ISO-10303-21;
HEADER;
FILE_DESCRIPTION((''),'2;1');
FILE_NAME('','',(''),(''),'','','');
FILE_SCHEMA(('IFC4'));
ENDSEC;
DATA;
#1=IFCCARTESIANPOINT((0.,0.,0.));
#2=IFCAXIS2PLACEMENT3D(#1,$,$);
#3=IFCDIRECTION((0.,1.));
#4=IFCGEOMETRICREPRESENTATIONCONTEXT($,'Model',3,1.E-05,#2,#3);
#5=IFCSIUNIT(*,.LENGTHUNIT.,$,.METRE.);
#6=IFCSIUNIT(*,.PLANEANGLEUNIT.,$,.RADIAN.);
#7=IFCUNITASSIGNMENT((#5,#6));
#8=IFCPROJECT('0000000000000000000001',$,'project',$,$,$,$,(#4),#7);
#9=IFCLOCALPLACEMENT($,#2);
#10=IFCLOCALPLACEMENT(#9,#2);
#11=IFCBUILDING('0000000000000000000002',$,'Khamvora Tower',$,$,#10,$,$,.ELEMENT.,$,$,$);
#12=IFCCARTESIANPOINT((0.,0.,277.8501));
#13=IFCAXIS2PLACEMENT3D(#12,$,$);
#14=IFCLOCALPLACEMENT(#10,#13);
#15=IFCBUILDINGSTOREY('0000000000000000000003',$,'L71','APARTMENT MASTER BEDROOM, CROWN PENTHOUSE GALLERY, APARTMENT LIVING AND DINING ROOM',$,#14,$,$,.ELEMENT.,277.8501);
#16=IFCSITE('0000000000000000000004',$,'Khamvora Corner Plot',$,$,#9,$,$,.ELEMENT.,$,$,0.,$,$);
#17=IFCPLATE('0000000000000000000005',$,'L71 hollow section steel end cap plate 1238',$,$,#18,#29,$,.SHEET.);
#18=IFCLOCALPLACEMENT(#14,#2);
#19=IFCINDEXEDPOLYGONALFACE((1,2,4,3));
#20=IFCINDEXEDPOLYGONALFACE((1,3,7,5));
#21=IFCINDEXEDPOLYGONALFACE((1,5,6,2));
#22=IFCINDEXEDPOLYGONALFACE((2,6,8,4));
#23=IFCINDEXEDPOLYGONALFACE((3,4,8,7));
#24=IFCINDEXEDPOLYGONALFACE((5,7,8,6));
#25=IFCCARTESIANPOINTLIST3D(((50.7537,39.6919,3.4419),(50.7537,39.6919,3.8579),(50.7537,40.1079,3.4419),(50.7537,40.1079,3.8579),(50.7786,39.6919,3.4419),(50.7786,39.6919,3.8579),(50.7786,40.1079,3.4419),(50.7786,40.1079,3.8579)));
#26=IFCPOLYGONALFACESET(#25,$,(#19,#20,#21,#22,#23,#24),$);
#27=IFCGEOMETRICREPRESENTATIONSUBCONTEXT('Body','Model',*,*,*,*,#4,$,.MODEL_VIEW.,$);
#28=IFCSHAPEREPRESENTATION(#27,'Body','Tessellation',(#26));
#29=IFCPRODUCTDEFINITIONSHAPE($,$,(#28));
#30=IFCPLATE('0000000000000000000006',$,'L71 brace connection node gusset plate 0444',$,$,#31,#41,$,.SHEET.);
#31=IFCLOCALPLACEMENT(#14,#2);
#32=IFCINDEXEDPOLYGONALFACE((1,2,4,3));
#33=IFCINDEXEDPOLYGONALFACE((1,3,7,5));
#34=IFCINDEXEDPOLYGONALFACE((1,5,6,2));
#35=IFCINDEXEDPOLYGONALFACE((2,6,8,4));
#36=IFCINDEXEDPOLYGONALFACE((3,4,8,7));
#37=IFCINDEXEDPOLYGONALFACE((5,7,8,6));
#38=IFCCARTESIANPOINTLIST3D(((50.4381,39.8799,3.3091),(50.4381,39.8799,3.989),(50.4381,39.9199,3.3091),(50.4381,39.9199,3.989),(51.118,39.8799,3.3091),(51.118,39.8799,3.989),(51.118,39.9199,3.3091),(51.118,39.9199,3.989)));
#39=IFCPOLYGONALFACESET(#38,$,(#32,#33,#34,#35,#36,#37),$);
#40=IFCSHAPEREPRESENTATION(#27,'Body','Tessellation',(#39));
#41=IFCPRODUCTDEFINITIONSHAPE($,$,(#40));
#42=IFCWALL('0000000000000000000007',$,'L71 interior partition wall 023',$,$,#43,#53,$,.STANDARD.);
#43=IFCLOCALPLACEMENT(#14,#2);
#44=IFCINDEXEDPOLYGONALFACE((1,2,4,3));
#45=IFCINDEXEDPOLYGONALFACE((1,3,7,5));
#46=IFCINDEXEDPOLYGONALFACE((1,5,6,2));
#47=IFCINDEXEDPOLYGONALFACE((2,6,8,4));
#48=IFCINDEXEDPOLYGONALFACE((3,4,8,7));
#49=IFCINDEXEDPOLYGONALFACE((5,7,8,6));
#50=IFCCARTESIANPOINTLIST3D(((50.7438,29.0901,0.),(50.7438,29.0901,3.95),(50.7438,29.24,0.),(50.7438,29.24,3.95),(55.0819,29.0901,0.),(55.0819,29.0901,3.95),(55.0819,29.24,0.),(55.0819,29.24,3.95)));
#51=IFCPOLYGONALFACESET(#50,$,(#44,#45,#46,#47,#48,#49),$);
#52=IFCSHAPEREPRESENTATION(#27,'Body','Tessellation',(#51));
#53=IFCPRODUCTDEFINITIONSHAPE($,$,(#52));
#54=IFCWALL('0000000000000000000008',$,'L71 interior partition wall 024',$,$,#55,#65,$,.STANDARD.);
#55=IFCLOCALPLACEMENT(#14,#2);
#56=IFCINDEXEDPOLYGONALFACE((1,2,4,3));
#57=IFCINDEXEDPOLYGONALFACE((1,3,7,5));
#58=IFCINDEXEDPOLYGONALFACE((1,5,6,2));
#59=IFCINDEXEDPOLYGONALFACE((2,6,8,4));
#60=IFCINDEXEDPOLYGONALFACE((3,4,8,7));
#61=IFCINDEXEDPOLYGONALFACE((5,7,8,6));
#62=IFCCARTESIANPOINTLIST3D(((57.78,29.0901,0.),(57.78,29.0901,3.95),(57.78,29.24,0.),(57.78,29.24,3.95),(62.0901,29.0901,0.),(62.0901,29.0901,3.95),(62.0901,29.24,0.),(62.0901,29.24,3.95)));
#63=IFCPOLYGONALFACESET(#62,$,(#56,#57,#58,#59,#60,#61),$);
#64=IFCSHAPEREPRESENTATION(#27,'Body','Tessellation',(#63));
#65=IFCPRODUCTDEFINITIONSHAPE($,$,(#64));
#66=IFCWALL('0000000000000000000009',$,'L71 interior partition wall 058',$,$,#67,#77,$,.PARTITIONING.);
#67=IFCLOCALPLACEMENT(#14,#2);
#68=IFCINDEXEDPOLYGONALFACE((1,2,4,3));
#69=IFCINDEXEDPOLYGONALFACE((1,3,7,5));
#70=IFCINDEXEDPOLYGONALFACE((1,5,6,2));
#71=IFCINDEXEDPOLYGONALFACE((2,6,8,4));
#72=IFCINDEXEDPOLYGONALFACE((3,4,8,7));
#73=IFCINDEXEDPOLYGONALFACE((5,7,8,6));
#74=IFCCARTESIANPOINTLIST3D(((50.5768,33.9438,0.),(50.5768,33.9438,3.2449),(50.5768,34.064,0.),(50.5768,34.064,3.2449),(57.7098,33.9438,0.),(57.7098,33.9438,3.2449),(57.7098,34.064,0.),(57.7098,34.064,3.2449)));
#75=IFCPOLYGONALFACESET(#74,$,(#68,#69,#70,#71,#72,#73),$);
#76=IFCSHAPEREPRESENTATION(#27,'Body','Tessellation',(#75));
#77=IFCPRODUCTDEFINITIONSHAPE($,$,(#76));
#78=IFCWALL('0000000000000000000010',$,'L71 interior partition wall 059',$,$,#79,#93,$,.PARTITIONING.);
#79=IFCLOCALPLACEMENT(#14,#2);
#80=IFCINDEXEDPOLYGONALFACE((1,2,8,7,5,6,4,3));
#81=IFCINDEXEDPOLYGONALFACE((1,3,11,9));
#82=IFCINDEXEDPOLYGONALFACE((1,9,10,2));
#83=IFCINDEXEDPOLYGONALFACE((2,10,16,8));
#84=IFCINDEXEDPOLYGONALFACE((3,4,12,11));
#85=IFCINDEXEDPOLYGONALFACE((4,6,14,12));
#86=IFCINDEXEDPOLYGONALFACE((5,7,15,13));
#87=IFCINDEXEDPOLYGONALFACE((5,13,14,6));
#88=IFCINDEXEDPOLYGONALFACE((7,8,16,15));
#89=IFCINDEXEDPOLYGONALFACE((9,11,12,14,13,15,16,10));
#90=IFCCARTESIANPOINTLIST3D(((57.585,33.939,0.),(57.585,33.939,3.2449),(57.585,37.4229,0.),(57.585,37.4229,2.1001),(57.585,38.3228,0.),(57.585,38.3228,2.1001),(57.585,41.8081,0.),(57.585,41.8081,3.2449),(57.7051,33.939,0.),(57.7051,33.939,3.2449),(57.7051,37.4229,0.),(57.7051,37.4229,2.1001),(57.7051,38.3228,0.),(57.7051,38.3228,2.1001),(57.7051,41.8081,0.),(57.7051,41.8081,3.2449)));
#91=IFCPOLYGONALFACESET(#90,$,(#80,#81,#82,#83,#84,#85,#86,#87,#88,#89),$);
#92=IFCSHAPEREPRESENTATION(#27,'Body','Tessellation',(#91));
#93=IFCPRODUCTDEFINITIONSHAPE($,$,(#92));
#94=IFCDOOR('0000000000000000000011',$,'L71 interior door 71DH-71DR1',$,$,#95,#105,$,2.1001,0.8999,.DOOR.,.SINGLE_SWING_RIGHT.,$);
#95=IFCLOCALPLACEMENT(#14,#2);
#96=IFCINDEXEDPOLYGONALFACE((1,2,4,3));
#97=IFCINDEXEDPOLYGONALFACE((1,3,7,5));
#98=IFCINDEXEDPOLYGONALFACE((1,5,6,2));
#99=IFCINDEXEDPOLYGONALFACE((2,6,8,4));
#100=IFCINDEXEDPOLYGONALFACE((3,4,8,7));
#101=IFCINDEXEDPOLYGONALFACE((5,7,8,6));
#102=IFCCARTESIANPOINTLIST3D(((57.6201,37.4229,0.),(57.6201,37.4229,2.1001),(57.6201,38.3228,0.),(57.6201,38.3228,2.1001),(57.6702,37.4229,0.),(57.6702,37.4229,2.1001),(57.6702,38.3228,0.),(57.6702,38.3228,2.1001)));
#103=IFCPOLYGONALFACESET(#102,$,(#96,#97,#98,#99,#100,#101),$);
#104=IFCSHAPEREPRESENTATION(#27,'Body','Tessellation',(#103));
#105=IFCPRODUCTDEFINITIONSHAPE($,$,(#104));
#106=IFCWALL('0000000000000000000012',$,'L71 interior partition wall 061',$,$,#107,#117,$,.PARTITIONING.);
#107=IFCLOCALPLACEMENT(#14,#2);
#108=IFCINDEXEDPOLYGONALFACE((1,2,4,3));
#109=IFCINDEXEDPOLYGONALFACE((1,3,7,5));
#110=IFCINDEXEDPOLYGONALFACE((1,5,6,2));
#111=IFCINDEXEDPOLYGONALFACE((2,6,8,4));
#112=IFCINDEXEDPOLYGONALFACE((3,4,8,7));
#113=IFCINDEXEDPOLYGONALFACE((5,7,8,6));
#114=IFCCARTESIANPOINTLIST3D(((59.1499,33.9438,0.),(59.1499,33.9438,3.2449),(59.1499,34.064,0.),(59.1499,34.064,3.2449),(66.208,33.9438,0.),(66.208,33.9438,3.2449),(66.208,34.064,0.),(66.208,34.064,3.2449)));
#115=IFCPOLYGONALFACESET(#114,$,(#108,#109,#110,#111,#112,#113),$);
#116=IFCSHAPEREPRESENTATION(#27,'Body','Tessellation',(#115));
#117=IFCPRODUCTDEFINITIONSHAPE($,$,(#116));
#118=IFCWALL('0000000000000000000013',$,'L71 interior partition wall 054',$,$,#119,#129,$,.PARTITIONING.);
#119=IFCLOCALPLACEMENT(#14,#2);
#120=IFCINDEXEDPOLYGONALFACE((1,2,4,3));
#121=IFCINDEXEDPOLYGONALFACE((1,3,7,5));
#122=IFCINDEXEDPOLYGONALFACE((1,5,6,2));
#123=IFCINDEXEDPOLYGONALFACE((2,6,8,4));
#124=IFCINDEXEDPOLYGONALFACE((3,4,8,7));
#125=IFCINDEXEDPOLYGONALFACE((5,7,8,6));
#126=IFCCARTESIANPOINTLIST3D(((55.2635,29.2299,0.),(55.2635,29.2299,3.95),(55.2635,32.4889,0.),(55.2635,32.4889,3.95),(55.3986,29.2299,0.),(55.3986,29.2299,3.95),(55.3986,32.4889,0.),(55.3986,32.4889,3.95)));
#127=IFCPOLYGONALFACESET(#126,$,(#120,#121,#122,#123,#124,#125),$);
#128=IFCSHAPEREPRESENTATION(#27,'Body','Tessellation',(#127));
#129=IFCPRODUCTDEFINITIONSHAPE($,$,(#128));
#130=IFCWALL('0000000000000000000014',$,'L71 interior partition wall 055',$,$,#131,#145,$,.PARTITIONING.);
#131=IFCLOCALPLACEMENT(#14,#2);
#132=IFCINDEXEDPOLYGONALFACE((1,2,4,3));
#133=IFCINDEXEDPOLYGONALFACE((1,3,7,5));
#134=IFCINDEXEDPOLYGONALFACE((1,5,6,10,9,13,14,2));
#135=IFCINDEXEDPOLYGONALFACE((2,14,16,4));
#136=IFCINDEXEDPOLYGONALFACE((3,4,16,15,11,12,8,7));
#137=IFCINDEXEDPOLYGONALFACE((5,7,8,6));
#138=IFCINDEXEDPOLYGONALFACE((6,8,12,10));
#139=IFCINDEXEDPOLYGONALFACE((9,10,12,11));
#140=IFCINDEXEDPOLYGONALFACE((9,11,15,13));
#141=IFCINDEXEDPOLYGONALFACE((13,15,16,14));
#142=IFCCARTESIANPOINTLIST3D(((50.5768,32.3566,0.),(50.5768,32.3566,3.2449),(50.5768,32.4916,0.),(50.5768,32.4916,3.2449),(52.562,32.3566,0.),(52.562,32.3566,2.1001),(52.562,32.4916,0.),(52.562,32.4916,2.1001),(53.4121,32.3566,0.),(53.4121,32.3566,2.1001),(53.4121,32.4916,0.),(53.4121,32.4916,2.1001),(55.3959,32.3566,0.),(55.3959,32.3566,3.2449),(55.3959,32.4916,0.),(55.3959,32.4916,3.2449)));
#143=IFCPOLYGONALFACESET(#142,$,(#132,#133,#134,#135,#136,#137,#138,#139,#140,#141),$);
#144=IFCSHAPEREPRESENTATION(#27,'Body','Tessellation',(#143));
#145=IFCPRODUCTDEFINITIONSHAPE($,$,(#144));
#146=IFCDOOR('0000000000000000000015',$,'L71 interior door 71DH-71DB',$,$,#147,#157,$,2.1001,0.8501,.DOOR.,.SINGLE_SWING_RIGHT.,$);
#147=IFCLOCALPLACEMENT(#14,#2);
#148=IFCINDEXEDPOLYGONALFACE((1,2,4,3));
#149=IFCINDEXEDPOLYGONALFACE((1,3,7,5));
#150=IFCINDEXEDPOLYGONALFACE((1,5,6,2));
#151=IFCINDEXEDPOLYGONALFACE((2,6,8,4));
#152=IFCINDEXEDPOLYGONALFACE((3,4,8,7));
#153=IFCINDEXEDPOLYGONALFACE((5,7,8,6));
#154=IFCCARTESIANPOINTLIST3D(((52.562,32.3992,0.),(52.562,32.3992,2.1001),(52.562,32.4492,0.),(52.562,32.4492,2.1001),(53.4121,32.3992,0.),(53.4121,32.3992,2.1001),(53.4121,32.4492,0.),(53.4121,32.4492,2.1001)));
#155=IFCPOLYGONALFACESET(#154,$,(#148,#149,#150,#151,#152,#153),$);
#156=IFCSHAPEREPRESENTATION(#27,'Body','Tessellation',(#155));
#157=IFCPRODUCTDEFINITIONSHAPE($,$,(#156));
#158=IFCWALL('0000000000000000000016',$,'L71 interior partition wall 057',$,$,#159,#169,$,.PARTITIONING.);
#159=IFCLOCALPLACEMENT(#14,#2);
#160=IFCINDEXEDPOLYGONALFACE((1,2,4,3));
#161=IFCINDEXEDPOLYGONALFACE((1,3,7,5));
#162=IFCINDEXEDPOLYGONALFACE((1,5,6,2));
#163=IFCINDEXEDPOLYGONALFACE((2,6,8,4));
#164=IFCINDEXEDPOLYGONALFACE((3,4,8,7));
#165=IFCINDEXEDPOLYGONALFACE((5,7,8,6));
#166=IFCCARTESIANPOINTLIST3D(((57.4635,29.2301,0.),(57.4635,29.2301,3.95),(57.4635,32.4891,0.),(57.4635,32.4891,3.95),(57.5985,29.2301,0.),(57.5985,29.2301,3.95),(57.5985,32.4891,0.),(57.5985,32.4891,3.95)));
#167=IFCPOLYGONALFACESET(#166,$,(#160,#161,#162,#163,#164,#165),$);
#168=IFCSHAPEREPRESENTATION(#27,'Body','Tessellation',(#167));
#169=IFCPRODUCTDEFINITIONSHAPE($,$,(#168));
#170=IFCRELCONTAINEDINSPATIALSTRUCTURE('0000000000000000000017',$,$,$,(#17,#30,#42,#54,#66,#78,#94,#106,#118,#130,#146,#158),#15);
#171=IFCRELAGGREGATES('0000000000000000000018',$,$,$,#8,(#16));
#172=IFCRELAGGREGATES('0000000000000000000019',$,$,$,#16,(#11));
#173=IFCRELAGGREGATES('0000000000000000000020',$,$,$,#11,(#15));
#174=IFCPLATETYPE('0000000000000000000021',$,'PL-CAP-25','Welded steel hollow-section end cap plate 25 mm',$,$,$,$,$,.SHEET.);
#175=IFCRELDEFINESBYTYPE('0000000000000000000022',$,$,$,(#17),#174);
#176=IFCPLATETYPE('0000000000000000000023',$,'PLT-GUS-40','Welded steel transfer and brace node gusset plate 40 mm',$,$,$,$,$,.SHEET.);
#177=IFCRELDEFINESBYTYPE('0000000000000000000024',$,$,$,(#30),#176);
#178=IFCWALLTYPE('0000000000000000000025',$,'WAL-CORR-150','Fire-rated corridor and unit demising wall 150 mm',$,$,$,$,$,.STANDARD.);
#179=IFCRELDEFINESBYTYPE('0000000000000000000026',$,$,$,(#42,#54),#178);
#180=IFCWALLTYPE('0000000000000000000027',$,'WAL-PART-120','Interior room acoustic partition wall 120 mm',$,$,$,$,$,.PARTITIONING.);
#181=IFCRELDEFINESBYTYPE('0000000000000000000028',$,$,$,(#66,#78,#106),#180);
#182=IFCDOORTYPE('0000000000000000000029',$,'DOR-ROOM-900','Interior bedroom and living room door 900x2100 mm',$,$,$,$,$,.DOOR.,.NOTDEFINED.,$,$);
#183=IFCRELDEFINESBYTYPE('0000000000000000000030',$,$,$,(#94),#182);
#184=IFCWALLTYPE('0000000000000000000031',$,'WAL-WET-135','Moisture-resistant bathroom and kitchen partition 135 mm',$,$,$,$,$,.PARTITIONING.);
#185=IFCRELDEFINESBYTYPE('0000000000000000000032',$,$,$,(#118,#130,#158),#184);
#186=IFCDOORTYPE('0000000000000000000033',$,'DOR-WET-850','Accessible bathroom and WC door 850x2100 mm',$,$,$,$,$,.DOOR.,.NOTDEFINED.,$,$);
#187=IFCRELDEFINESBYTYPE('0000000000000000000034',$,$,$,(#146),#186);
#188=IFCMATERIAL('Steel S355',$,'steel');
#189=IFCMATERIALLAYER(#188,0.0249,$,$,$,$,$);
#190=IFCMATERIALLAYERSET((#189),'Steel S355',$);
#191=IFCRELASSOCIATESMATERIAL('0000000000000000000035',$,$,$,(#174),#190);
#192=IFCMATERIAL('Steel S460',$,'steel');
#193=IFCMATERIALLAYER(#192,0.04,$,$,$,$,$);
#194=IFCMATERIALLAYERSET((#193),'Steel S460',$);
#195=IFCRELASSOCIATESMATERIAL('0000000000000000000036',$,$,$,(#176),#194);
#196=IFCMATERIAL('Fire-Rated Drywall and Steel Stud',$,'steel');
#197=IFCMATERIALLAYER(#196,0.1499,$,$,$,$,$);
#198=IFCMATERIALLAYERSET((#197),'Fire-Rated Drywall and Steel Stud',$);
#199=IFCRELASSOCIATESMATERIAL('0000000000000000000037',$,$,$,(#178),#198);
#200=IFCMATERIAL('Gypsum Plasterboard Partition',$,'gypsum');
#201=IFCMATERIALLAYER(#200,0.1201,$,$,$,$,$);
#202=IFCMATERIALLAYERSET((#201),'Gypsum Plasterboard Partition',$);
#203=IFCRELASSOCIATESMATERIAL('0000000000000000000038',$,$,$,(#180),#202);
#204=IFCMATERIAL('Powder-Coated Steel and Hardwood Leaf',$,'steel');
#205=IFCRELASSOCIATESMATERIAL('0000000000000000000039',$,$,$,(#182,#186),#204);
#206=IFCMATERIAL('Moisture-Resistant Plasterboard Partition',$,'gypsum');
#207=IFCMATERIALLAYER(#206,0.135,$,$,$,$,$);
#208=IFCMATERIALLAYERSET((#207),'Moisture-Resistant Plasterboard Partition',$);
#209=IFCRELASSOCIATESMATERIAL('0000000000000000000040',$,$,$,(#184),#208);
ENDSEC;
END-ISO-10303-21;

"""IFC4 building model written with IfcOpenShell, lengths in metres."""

from ifc_helpers import new_model, si_unit, direction, frame, frame_2d, origin, origin_2d, place, context, subcontext, project, spatial, rectangle, extrude, material, layer, layer_set, type_object, element, fill, save


model = new_model("IFC4")

# Units and contexts
model_context = context("Model", 3, precision=1e-05, world=origin(), true_north=direction((0.0, 1.0)))
body_context = subcontext(model_context, "Body", "Model", "MODEL_VIEW")
ifc_project = project(units=[si_unit("LENGTHUNIT", "METRE"), si_unit("PLANEANGLEUNIT", "RADIAN")], contexts=[model_context])

# Site, building, storey
site_placement = place(None, origin())
site = spatial("IfcSite", under=ifc_project, at=site_placement, Name="Khamvora Corner Plot", CompositionType="ELEMENT", RefElevation=0.0)
building_placement = place(site_placement, origin())
building = spatial("IfcBuilding", under=site, at=building_placement, Name="Khamvora Tower", CompositionType="ELEMENT")
storey_placement = place(building_placement, frame((0.0, 0.0, 277.8501)))
storey = spatial("IfcBuildingStorey", under=building, at=storey_placement, Name="L71", Description="APARTMENT MASTER BEDROOM, CROWN PENTHOUSE GALLERY, APARTMENT LIVING AND DINING ROOM", CompositionType="ELEMENT", Elevation=277.8501)

# Shared definitions
ifc_material_1 = material(Name="Steel S355", Category="steel")

# Plates
ifc_layer_1 = layer(ifc_material_1, 0.0249)
ifc_layer_set_1 = layer_set([ifc_layer_1], Name="Steel S355")
plate_type_1 = type_object("IfcPlateType", Name="PL-CAP-25", Description="Welded steel hollow-section end cap plate 25 mm", PredefinedType="SHEET", material=ifc_layer_set_1)
plate_1_placement = place(storey_placement, frame((50.7661, 39.8999, 3.4419), z_axis=(0.0, 0.0, 1.0), x_axis=(-1.0, 0.0, 0.0)))
element("IfcPlate", 1, at=plate_1_placement, inside=storey, type_object=plate_type_1, Name="L71 hollow section steel end cap plate 1238", PredefinedType="SHEET", context=body_context, shape_type="SweptSolid", body=[
    extrude(rectangle(XDim=0.0249, YDim=0.416, at=origin_2d()), origin(), (0.0, 0.0, 1.0), 0.416),
])
ifc_material_2 = material(Name="Steel S460", Category="steel")
ifc_layer_2 = layer(ifc_material_2, 0.04)
ifc_layer_set_2 = layer_set([ifc_layer_2], Name="Steel S460")
plate_type_2 = type_object("IfcPlateType", Name="PLT-GUS-40", Description="Welded steel transfer and brace node gusset plate 40 mm", PredefinedType="SHEET", material=ifc_layer_set_2)
plate_2_placement = place(storey_placement, frame((50.7781, 39.8999, 3.3091), z_axis=(0.0, 0.0, 1.0), x_axis=(1.0, 0.0, 0.0)))
element("IfcPlate", 2, at=plate_2_placement, inside=storey, type_object=plate_type_2, Name="L71 brace connection node gusset plate 0444", PredefinedType="SHEET", context=body_context, shape_type="SweptSolid", body=[
    extrude(rectangle(XDim=0.6799, YDim=0.04, at=origin_2d()), origin(), (0.0, 0.0, 1.0), 0.6799),
])

# Shared definitions
ifc_material_3 = material(Name="Fire-Rated Drywall and Steel Stud", Category="steel")
ifc_layer_3 = layer(ifc_material_3, 0.1499)
ifc_layer_set_3 = layer_set([ifc_layer_3], Name="Fire-Rated Drywall and Steel Stud")
wall_type_1 = type_object("IfcWallType", Name="WAL-CORR-150", Description="Fire-rated corridor and unit demising wall 150 mm", PredefinedType="STANDARD", material=ifc_layer_set_3)
ifc_material_4 = material(Name="Powder-Coated Steel and Hardwood Leaf", Category="steel")

# Walls
wall_1_placement = place(storey_placement, frame((50.7439, 29.165, 0.0), z_axis=(0.0, 0.0, 1.0), x_axis=(1.0, 0.0, 0.0)))
element("IfcWall", 3, at=wall_1_placement, inside=storey, type_object=wall_type_1, Name="L71 interior partition wall 023", PredefinedType="STANDARD", context=body_context, shape_type="SweptSolid", body=[
    extrude(rectangle(XDim=4.3381, YDim=0.1499, at=frame_2d((2.1689, 0.0))), origin(), (0.0, 0.0, 1.0), 3.95),
])
wall_2_placement = place(storey_placement, frame((57.78, 29.165, 0.0), z_axis=(0.0, 0.0, 1.0), x_axis=(1.0, 0.0, 0.0)))
element("IfcWall", 4, at=wall_2_placement, inside=storey, type_object=wall_type_1, Name="L71 interior partition wall 024", PredefinedType="STANDARD", context=body_context, shape_type="SweptSolid", body=[
    extrude(rectangle(XDim=4.3101, YDim=0.1499, at=frame_2d((2.155, 0.0))), origin(), (0.0, 0.0, 1.0), 3.95),
])
ifc_material_5 = material(Name="Gypsum Plasterboard Partition", Category="gypsum")
ifc_layer_4 = layer(ifc_material_5, 0.1201)
ifc_layer_set_4 = layer_set([ifc_layer_4], Name="Gypsum Plasterboard Partition")
wall_type_2 = type_object("IfcWallType", Name="WAL-PART-120", Description="Interior room acoustic partition wall 120 mm", PredefinedType="PARTITIONING", material=ifc_layer_set_4)
wall_3_placement = place(storey_placement, frame((50.5769, 34.0039, 0.0), z_axis=(0.0, 0.0, 1.0), x_axis=(1.0, 0.0, 0.0)))
element("IfcWall", 5, at=wall_3_placement, inside=storey, type_object=wall_type_2, Name="L71 interior partition wall 058", PredefinedType="PARTITIONING", context=body_context, shape_type="SweptSolid", body=[
    extrude(rectangle(XDim=7.1331, YDim=0.1201, at=frame_2d((3.5664, 0.0))), origin(), (0.0, 0.0, 1.0), 3.2449),
])

# Wall, opening, door
wall_4_placement = place(storey_placement, frame((57.645, 33.939, 0.0), z_axis=(0.0, 0.0, 1.0), x_axis=(0.0, 1.0, 0.0)))
wall_4 = element("IfcWall", 6, at=wall_4_placement, inside=storey, type_object=wall_type_2, Name="L71 interior partition wall 059", PredefinedType="PARTITIONING", context=body_context, shape_type="SweptSolid", body=[
    extrude(rectangle(XDim=7.8691, YDim=0.1201, at=frame_2d((3.9346, 0.0))), origin(), (0.0, 0.0, 1.0), 3.2449),
])
opening_1_placement = place(wall_4_placement, frame((3.4839, 0.0, 0.0)))
opening_1 = element("IfcOpeningElement", 7, at=opening_1_placement, cuts=wall_4, PredefinedType="OPENING", context=body_context, shape_type="SweptSolid", body=[
    extrude(rectangle(XDim=0.8999, YDim=2.1001, at=frame_2d((0.45, 1.05))), frame((0.0, 0.0701, 0.0), z_axis=(0.0, -1.0, 0.0), x_axis=(1.0, 0.0, 0.0)), (0.0, 0.0, 1.0), 0.1401),
])
door_type_1 = type_object("IfcDoorType", Name="DOR-ROOM-900", Description="Interior bedroom and living room door 900x2100 mm", OperationType="NOTDEFINED", PredefinedType="DOOR", material=ifc_material_4)
door_1_placement = place(opening_1_placement, origin())
door_1 = element("IfcDoor", 8, at=door_1_placement, inside=storey, type_object=door_type_1, Name="L71 interior door 71DH-71DR1", OperationType="SINGLE_SWING_RIGHT", OverallHeight=2.1001, OverallWidth=0.8999, PredefinedType="DOOR", context=body_context, shape_type="SweptSolid", body=[
    extrude(rectangle(XDim=0.8999, YDim=2.1001, at=frame_2d((0.45, 1.05))), frame((0.0, 0.0249, 0.0), z_axis=(0.0, -1.0, 0.0), x_axis=(1.0, 0.0, 0.0)), (0.0, 0.0, 1.0), 0.05),
])
fill(opening_1, door_1)

# Walls
wall_5_placement = place(storey_placement, frame((59.1499, 34.0039, 0.0), z_axis=(0.0, 0.0, 1.0), x_axis=(1.0, 0.0, 0.0)))
element("IfcWall", 9, at=wall_5_placement, inside=storey, type_object=wall_type_2, Name="L71 interior partition wall 061", PredefinedType="PARTITIONING", context=body_context, shape_type="SweptSolid", body=[
    extrude(rectangle(XDim=7.0581, YDim=0.1201, at=frame_2d((3.5291, 0.0))), origin(), (0.0, 0.0, 1.0), 3.2449),
])
ifc_material_6 = material(Name="Moisture-Resistant Plasterboard Partition", Category="gypsum")
ifc_layer_5 = layer(ifc_material_6, 0.135)
ifc_layer_set_5 = layer_set([ifc_layer_5], Name="Moisture-Resistant Plasterboard Partition")
wall_type_3 = type_object("IfcWallType", Name="WAL-WET-135", Description="Moisture-resistant bathroom and kitchen partition 135 mm", PredefinedType="PARTITIONING", material=ifc_layer_set_5)
wall_6_placement = place(storey_placement, frame((55.3311, 29.23, 0.0), z_axis=(0.0, 0.0, 1.0), x_axis=(0.0, 1.0, 0.0)))
element("IfcWall", 10, at=wall_6_placement, inside=storey, type_object=wall_type_3, Name="L71 interior partition wall 054", PredefinedType="PARTITIONING", context=body_context, shape_type="SweptSolid", body=[
    extrude(rectangle(XDim=3.259, YDim=0.135, at=frame_2d((1.6294, 0.0))), origin(), (0.0, 0.0, 1.0), 3.95),
])

# Wall, opening, door
wall_7_placement = place(storey_placement, frame((55.396, 32.4241, 0.0), z_axis=(0.0, 0.0, 1.0), x_axis=(-1.0, 0.0, 0.0)))
wall_7 = element("IfcWall", 11, at=wall_7_placement, inside=storey, type_object=wall_type_3, Name="L71 interior partition wall 055", PredefinedType="PARTITIONING", context=body_context, shape_type="SweptSolid", body=[
    extrude(rectangle(XDim=4.8191, YDim=0.135, at=frame_2d((2.4097, 0.0))), origin(), (0.0, 0.0, 1.0), 3.2449),
])
opening_2_placement = place(wall_7_placement, frame((1.9839, 0.0, 0.0)))
opening_2 = element("IfcOpeningElement", 12, at=opening_2_placement, cuts=wall_7, PredefinedType="OPENING", context=body_context, shape_type="SweptSolid", body=[
    extrude(rectangle(XDim=0.8501, YDim=2.1001, at=frame_2d((0.425, 1.05))), frame((0.0, 0.0774, 0.0), z_axis=(0.0, -1.0, 0.0), x_axis=(1.0, 0.0, 0.0)), (0.0, 0.0, 1.0), 0.155),
])
door_type_2 = type_object("IfcDoorType", Name="DOR-WET-850", Description="Accessible bathroom and WC door 850x2100 mm", OperationType="NOTDEFINED", PredefinedType="DOOR", material=ifc_material_4)
door_2_placement = place(opening_2_placement, origin())
door_2 = element("IfcDoor", 13, at=door_2_placement, inside=storey, type_object=door_type_2, Name="L71 interior door 71DH-71DB", OperationType="SINGLE_SWING_RIGHT", OverallHeight=2.1001, OverallWidth=0.8501, PredefinedType="DOOR", context=body_context, shape_type="SweptSolid", body=[
    extrude(rectangle(XDim=0.8501, YDim=2.1001, at=frame_2d((0.425, 1.05))), frame((0.0, 0.0249, 0.0), z_axis=(0.0, -1.0, 0.0), x_axis=(1.0, 0.0, 0.0)), (0.0, 0.0, 1.0), 0.05),
])
fill(opening_2, door_2)

# Wall
wall_8_placement = place(storey_placement, frame((57.531, 32.489, 0.0), z_axis=(0.0, 0.0, 1.0), x_axis=(0.0, -1.0, 0.0)))
element("IfcWall", 14, at=wall_8_placement, inside=storey, type_object=wall_type_3, Name="L71 interior partition wall 057", PredefinedType="PARTITIONING", context=body_context, shape_type="SweptSolid", body=[
    extrude(rectangle(XDim=3.259, YDim=0.135, at=frame_2d((1.6294, 0.0))), origin(), (0.0, 0.0, 1.0), 3.95),
])

save(model, "model.ifc")
